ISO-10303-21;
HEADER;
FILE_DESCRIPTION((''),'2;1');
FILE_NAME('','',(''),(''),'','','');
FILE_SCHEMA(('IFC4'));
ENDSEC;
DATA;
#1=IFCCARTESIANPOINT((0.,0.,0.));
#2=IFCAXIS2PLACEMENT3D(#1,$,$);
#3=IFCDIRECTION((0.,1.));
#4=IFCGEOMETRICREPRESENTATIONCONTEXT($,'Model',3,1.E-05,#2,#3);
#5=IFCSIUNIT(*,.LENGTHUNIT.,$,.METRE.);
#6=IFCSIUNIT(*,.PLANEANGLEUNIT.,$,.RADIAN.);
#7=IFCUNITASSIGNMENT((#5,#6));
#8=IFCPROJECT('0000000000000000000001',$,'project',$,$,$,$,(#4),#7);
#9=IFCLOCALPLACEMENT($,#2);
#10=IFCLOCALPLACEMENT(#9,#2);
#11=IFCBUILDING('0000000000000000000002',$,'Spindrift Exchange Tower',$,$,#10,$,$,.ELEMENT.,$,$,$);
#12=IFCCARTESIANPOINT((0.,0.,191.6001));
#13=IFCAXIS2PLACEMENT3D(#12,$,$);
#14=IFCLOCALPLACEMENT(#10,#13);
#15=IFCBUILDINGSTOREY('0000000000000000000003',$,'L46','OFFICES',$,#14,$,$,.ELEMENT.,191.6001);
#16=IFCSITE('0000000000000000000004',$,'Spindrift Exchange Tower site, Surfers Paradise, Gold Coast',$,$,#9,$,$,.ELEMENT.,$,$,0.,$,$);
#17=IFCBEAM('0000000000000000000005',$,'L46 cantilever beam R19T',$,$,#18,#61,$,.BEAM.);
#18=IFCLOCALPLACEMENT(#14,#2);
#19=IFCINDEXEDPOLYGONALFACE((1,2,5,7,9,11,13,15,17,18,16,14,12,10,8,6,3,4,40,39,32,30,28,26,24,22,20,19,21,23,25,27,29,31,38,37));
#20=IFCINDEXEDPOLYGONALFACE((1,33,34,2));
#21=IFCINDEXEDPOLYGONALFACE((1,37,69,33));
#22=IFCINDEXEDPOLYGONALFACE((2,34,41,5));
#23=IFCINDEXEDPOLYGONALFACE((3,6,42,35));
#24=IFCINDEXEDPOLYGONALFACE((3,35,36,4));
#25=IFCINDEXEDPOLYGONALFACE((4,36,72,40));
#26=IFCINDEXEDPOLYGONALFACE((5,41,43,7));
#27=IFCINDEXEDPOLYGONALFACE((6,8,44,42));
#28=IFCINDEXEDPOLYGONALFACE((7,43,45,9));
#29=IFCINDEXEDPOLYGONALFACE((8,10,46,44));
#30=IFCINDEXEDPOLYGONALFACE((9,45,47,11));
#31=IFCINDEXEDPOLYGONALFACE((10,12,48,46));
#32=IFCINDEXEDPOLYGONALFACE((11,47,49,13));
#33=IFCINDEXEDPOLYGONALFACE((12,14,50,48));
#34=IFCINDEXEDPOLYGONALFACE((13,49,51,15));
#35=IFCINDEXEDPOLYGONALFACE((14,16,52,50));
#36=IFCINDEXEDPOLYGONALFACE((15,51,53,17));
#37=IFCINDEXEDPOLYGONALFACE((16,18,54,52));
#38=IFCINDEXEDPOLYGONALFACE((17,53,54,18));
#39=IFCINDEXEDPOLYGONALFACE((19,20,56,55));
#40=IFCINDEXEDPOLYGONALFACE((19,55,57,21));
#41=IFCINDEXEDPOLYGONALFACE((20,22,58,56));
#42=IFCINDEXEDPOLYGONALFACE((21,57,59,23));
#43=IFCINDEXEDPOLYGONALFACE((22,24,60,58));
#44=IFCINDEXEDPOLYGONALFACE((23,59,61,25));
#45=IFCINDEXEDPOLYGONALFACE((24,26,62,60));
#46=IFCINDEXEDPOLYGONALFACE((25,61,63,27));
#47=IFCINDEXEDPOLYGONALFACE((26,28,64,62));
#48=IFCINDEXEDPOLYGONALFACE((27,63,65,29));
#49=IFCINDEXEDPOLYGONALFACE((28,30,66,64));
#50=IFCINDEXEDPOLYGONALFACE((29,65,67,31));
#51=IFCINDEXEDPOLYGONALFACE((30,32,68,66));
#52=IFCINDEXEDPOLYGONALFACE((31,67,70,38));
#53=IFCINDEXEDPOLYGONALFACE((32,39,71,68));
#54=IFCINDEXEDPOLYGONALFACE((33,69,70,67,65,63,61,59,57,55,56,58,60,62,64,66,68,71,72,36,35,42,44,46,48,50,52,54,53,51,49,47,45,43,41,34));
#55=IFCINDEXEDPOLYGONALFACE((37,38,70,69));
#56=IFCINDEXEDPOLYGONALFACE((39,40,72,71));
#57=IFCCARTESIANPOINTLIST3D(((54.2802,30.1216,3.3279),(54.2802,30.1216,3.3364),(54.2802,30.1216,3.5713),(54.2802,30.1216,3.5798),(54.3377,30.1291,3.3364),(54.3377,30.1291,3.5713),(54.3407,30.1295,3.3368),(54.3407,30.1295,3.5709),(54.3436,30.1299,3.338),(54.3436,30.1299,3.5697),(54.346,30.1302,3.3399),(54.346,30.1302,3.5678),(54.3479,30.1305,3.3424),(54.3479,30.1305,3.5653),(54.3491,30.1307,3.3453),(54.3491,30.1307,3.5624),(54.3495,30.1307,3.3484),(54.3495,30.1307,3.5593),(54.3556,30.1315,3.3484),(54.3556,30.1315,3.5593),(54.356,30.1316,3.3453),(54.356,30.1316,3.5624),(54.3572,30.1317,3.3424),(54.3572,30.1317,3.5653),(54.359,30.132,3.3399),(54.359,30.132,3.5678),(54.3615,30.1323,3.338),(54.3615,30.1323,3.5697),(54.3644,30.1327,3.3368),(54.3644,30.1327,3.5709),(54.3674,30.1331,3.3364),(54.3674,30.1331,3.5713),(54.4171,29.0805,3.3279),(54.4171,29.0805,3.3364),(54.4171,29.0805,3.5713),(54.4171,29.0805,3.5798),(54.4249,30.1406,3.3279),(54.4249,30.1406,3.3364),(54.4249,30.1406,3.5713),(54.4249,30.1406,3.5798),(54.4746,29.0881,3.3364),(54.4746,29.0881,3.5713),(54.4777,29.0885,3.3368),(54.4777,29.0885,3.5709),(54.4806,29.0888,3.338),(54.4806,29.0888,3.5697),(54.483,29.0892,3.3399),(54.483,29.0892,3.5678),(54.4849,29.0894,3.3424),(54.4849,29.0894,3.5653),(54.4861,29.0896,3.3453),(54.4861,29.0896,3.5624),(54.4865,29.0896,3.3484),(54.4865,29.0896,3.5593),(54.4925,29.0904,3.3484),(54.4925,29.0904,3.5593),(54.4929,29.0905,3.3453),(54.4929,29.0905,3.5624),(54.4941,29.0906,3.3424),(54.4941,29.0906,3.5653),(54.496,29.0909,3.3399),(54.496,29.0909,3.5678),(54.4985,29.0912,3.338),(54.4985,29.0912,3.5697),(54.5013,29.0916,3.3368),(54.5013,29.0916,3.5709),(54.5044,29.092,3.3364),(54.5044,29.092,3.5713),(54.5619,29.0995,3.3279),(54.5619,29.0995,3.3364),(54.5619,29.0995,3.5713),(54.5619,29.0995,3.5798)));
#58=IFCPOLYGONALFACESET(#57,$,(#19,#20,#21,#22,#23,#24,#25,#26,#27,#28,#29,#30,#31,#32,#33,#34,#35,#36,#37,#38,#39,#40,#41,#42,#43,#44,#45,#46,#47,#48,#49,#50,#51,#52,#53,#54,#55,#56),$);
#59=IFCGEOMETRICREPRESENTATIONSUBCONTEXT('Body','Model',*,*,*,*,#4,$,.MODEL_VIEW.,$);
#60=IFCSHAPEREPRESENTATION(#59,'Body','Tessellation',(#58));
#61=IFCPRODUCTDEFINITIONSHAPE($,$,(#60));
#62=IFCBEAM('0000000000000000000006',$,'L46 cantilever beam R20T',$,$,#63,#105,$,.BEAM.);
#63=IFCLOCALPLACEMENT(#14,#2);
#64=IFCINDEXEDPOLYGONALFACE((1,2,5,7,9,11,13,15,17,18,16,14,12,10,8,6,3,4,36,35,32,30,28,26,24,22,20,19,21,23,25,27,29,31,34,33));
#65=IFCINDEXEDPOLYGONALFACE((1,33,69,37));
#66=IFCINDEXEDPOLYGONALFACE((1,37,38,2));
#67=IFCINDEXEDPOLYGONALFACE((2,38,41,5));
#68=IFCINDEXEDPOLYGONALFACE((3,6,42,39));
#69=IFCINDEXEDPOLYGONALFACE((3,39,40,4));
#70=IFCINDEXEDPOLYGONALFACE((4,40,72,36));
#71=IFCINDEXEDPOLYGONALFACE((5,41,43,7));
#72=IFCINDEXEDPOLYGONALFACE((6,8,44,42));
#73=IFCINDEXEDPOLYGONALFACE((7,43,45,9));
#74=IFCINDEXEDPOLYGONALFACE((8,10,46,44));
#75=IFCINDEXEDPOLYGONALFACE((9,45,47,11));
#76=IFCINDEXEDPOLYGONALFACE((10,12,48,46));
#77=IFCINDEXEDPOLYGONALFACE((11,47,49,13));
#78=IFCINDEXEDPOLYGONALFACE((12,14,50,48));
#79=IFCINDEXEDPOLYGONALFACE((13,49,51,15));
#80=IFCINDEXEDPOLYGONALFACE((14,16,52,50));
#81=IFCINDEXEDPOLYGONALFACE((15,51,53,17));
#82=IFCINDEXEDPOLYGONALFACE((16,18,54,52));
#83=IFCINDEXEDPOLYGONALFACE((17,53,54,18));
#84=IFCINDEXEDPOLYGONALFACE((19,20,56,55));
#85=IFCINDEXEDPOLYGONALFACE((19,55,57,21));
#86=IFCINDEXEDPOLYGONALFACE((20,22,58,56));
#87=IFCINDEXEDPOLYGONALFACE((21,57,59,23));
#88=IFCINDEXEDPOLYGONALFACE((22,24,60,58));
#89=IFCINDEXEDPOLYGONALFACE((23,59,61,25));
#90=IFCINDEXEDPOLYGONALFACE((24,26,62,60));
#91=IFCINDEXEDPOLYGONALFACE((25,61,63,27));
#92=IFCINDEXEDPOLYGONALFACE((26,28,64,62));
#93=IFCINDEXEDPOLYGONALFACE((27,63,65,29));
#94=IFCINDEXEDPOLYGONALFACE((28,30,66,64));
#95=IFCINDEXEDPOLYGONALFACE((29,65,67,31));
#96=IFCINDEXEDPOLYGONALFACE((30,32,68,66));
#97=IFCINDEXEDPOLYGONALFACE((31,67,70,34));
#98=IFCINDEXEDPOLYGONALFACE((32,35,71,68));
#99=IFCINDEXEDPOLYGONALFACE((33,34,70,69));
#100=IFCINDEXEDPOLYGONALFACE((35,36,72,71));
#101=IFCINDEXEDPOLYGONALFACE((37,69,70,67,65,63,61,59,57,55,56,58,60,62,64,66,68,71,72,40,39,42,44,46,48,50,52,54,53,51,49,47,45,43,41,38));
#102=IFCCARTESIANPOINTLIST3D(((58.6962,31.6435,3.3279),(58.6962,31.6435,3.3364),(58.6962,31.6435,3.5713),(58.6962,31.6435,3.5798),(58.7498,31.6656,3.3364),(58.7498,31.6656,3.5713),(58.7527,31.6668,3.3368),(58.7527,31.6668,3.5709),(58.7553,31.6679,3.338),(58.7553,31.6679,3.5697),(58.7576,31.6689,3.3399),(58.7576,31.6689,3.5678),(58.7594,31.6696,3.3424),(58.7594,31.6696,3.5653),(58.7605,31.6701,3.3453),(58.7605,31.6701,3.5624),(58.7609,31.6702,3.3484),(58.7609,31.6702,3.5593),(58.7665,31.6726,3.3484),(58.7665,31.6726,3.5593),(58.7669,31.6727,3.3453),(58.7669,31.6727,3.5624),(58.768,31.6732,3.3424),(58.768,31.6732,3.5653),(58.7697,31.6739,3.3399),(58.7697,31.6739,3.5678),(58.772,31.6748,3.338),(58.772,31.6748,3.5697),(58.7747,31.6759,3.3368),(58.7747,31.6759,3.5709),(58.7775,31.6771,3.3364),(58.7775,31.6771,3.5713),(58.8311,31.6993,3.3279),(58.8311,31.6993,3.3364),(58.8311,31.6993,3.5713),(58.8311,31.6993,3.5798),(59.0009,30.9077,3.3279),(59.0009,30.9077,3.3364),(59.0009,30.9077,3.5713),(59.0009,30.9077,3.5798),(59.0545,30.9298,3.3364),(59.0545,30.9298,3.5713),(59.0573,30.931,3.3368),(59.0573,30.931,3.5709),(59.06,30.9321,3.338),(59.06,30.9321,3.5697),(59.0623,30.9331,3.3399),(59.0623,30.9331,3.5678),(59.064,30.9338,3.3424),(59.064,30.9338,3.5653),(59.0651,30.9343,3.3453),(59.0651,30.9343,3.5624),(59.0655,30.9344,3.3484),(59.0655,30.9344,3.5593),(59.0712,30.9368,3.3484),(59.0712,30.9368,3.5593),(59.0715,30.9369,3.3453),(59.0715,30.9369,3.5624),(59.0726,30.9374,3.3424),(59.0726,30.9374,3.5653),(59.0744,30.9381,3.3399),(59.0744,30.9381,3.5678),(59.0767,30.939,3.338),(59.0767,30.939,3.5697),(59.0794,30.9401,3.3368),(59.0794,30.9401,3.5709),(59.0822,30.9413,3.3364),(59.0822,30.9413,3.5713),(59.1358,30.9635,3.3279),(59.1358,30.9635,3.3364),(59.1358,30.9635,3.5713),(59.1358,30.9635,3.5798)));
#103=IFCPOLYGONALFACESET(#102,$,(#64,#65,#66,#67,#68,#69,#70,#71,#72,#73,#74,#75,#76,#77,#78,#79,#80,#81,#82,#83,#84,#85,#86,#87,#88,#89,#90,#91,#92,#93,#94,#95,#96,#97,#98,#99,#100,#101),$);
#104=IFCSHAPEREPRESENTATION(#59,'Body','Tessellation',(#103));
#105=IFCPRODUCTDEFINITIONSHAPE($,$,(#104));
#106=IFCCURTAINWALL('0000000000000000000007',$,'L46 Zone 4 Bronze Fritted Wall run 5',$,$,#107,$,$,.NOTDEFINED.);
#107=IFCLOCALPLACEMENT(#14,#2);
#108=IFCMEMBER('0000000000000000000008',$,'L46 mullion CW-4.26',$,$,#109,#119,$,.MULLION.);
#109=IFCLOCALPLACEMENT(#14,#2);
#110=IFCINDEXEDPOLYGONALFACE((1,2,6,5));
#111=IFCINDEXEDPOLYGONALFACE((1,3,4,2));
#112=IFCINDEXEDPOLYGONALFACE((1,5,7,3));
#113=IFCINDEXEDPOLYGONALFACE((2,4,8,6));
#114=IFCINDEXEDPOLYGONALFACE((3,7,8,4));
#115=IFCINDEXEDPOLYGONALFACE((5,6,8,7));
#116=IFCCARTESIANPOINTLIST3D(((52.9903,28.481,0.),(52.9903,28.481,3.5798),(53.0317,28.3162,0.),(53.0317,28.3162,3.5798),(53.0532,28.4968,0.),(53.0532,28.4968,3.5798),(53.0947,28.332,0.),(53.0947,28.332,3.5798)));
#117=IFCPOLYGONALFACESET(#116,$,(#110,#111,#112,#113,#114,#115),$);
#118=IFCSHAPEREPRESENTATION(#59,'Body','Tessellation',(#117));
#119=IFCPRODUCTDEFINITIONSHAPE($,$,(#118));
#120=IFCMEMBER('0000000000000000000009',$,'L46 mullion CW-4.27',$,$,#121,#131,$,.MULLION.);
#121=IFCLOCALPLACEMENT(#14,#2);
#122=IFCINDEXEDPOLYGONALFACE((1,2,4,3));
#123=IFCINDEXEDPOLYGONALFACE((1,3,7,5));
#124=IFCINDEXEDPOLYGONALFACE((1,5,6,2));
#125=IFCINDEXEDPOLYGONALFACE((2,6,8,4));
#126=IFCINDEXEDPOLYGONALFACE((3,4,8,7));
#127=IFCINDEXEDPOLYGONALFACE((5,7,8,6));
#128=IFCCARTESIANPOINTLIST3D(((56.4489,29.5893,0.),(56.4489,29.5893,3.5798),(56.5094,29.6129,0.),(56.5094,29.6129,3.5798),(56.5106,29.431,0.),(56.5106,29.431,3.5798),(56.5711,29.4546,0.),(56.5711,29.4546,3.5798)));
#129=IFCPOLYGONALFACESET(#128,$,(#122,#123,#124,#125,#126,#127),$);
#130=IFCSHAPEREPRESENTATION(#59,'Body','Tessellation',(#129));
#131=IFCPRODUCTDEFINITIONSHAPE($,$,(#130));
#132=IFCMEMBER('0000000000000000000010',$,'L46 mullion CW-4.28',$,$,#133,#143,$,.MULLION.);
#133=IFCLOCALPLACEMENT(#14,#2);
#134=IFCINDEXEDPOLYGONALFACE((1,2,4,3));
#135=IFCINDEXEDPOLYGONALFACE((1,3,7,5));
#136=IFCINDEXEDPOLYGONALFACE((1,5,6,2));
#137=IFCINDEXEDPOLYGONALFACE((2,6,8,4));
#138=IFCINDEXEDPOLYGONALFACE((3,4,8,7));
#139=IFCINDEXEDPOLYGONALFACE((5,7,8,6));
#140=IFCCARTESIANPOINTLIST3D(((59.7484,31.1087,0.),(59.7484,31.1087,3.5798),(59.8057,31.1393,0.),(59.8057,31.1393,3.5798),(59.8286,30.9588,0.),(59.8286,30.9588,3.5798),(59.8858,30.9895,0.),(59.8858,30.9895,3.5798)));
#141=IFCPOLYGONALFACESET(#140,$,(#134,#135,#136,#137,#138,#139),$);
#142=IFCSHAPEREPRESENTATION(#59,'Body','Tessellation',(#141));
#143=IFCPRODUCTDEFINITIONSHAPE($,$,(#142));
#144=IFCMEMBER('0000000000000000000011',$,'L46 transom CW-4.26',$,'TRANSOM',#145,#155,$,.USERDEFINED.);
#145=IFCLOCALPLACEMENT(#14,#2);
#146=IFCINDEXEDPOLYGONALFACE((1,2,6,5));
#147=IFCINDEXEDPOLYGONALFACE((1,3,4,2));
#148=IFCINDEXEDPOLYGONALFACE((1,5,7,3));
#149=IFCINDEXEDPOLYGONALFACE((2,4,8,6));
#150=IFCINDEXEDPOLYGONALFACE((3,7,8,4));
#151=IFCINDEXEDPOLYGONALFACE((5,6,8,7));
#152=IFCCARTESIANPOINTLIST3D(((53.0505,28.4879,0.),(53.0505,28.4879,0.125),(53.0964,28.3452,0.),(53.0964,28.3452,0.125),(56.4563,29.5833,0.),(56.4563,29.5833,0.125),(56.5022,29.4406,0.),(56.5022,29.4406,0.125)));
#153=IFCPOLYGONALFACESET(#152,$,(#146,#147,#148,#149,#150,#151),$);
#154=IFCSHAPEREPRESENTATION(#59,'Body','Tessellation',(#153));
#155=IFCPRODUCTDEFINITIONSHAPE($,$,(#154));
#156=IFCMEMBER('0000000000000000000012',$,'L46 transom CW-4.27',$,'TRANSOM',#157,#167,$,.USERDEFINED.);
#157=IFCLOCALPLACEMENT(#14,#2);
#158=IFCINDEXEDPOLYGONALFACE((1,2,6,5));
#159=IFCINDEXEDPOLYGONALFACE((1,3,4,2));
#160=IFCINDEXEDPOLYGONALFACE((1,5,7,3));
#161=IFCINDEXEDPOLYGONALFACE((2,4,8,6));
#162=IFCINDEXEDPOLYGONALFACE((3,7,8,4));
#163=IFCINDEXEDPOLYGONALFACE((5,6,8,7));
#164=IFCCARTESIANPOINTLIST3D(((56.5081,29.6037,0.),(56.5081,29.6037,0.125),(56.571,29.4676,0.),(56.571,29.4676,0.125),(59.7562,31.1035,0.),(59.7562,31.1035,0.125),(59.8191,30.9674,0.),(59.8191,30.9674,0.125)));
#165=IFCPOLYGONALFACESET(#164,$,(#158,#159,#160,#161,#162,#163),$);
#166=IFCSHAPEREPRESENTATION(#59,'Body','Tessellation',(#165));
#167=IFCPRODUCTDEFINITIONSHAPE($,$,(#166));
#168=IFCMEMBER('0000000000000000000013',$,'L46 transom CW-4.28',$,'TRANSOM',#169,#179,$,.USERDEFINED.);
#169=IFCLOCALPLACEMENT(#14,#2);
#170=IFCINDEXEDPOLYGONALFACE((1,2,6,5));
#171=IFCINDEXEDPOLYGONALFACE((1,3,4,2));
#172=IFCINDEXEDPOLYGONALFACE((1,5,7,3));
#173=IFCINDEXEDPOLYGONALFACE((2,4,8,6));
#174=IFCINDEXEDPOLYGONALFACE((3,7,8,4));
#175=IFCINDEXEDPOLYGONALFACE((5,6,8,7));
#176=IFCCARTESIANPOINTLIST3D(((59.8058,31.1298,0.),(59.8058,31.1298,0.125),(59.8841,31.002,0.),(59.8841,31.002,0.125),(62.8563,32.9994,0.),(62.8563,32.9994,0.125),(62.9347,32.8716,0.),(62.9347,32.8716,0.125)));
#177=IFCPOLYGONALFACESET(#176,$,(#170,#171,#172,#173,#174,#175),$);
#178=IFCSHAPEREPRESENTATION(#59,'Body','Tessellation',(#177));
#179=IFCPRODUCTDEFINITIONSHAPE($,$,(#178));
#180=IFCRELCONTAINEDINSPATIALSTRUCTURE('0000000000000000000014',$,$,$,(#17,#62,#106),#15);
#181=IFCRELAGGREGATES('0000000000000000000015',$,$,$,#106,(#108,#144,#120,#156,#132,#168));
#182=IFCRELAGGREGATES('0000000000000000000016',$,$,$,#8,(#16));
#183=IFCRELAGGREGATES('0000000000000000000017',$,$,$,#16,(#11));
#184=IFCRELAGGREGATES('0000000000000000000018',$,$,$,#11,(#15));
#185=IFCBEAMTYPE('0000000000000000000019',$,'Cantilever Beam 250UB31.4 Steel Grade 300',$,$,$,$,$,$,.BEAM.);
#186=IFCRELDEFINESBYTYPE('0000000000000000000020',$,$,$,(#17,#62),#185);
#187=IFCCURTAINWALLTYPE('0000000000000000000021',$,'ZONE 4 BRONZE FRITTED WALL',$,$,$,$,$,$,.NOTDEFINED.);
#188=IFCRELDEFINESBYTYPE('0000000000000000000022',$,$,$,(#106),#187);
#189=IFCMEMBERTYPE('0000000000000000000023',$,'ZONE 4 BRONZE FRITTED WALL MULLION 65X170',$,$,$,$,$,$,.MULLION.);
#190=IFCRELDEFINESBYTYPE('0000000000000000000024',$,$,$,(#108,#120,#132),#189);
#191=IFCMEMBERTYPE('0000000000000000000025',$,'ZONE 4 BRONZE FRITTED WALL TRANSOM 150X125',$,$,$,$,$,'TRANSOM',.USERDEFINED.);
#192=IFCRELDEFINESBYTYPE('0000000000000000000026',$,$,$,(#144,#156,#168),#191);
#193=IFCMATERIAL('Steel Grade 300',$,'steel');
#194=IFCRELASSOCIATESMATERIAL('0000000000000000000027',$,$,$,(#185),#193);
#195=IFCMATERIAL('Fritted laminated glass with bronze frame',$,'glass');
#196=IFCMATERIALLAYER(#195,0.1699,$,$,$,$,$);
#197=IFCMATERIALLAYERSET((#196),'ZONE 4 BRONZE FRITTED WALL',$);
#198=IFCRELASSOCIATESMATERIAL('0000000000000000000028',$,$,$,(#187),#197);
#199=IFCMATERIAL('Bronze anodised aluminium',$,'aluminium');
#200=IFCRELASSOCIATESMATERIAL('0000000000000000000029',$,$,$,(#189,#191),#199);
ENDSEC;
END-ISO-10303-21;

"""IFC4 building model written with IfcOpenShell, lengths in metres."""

from ifc_helpers import new_model, si_unit, direction, frame, origin, origin_2d, place, context, subcontext, project, spatial, rectangle, i_section, extrude, source, transform, mapped, material, layer, layer_set, material_profile, profile_set, type_object, element, aggregate, save


model = new_model("IFC4")

# Units and contexts
model_context = context("Model", 3, precision=1e-05, world=origin(), true_north=direction((0.0, 1.0)))
body_context = subcontext(model_context, "Body", "Model", "MODEL_VIEW")
ifc_project = project(units=[si_unit("LENGTHUNIT", "METRE"), si_unit("PLANEANGLEUNIT", "RADIAN")], contexts=[model_context])

# Site, building, storey
site_placement = place(None, origin())
site = spatial("IfcSite", under=ifc_project, at=site_placement, Name="Spindrift Exchange Tower site, Surfers Paradise, Gold Coast", CompositionType="ELEMENT", RefElevation=0.0)
building_placement = place(site_placement, origin())
building = spatial("IfcBuilding", under=site, at=building_placement, Name="Spindrift Exchange Tower", CompositionType="ELEMENT")
storey_placement = place(building_placement, frame((0.0, 0.0, 191.6001)))
storey = spatial("IfcBuildingStorey", under=building, at=storey_placement, Name="L46", Description="OFFICES", CompositionType="ELEMENT", Elevation=191.6001)

# Beams
ifc_material_1 = material(Name="Steel Grade 300", Category="steel")
ifc_material_profile_1 = material_profile(ifc_material_1, i_section(OverallWidth=0.146, OverallDepth=0.252, WebThickness=0.0061, FlangeThickness=0.0085, FilletRadius=0.012, at=origin_2d()), Name="250UB31.4")
ifc_profile_set_1 = profile_set([ifc_material_profile_1], Name="Steel Grade 300")
beam_type_1 = type_object("IfcBeamType", Name="Cantilever Beam 250UB31.4 Steel Grade 300", PredefinedType="BEAM", material=ifc_profile_set_1)
shared_shape_1 = source(origin(), body_context, "Body", "SweptSolid", [
    extrude(i_section(OverallWidth=0.146, OverallDepth=0.252, WebThickness=0.0061, FlangeThickness=0.0085, FilletRadius=0.012, at=origin_2d()), origin(), (0.0, 0.0, 1.0), 1.05),
])
beam_1_placement = place(storey_placement, frame((54.3525, 30.1311, 3.4539), z_axis=(0.130442, -0.991456, 0.0), x_axis=(0.991456, 0.130442, 0.0)))
element("IfcBeam", 1, at=beam_1_placement, inside=storey, type_object=beam_type_1, Name="L46 cantilever beam R19T", PredefinedType="BEAM", context=body_context, shape_type="MappedRepresentation", body=[
    mapped(shared_shape_1, transform((0.0, 0.0, 0.0), scale=1.0)),
])
shared_shape_2 = source(origin(), body_context, "Body", "SweptSolid", [
    extrude(i_section(OverallWidth=0.146, OverallDepth=0.252, WebThickness=0.0061, FlangeThickness=0.0085, FilletRadius=0.012, at=origin_2d()), origin(), (0.0, 0.0, 1.0), 0.7964),
])
beam_2_placement = place(storey_placement, frame((58.7637, 31.6714, 3.4539), z_axis=(0.382568, -0.923927, 0.0), x_axis=(0.923927, 0.382568, 0.0)))
element("IfcBeam", 2, at=beam_2_placement, inside=storey, type_object=beam_type_1, Name="L46 cantilever beam R20T", PredefinedType="BEAM", context=body_context, shape_type="MappedRepresentation", body=[
    mapped(shared_shape_2, transform((0.0, 0.0, 0.0), scale=1.0)),
])

# Curtain wall, members
ifc_material_2 = material(Name="Fritted laminated glass with bronze frame", Category="glass")
ifc_layer_1 = layer(ifc_material_2, 0.1699)
ifc_layer_set_1 = layer_set([ifc_layer_1], Name="ZONE 4 BRONZE FRITTED WALL")
curtain_wall_type = type_object("IfcCurtainWallType", Name="ZONE 4 BRONZE FRITTED WALL", PredefinedType="NOTDEFINED", material=ifc_layer_set_1)
curtain_wall_placement = place(storey_placement, origin())
curtain_wall = element("IfcCurtainWall", 3, at=curtain_wall_placement, inside=storey, type_object=curtain_wall_type, Name="L46 Zone 4 Bronze Fritted Wall run 5", PredefinedType="NOTDEFINED")
ifc_material_3 = material(Name="Bronze anodised aluminium", Category="aluminium")
ifc_material_profile_2 = material_profile(ifc_material_3, rectangle(XDim=0.0649, YDim=0.1699, at=origin_2d()), Name="ZONE 4 BRONZE FRITTED WALL MULLION 65X170")
ifc_profile_set_2 = profile_set([ifc_material_profile_2], Name="Bronze anodised aluminium")
member_type_1 = type_object("IfcMemberType", Name="ZONE 4 BRONZE FRITTED WALL MULLION 65X170", PredefinedType="MULLION", material=ifc_profile_set_2)
shared_shape_3 = source(origin(), body_context, "Body", "SweptSolid", [
    extrude(rectangle(XDim=0.0649, YDim=0.1699, at=origin_2d()), origin(), (0.0, 0.0, 1.0), 3.5798),
])
member_1_placement = place(storey_placement, frame((53.0425, 28.4065, 0.0), z_axis=(0.0, 0.0, 1.0), x_axis=(0.969764, 0.244044, 0.0)))
member_1 = element("IfcMember", 4, at=member_1_placement, type_object=member_type_1, Name="L46 mullion CW-4.26", PredefinedType="MULLION", context=body_context, shape_type="MappedRepresentation", body=[
    mapped(shared_shape_3, transform((0.0, 0.0, 0.0), scale=1.0)),
])
member_2_placement = place(storey_placement, frame((56.51, 29.522, 0.0), z_axis=(0.0, 0.0, 1.0), x_axis=(0.931642, 0.363376, 0.0)))
member_2 = element("IfcMember", 5, at=member_2_placement, type_object=member_type_1, Name="L46 mullion CW-4.27", PredefinedType="MULLION", context=body_context, shape_type="MappedRepresentation", body=[
    mapped(shared_shape_3, transform((0.0, 0.0, 0.0), scale=1.0)),
])
member_3_placement = place(storey_placement, frame((59.8171, 31.0491, 0.0), z_axis=(0.0, 0.0, 1.0), x_axis=(0.881761, 0.471697, 0.0)))
member_3 = element("IfcMember", 6, at=member_3_placement, type_object=member_type_1, Name="L46 mullion CW-4.28", PredefinedType="MULLION", context=body_context, shape_type="MappedRepresentation", body=[
    mapped(shared_shape_3, transform((0.0, 0.0, 0.0), scale=1.0)),
])
ifc_material_profile_3 = material_profile(ifc_material_3, rectangle(XDim=0.1499, YDim=0.125, at=origin_2d()), Name="ZONE 4 BRONZE FRITTED WALL TRANSOM 150X125")
ifc_profile_set_3 = profile_set([ifc_material_profile_3], Name="Bronze anodised aluminium")
member_type_2 = type_object("IfcMemberType", Name="ZONE 4 BRONZE FRITTED WALL TRANSOM 150X125", ElementType="TRANSOM", PredefinedType="USERDEFINED", material=ifc_profile_set_3)
shared_shape_4 = source(origin(), body_context, "Body", "SweptSolid", [
    extrude(rectangle(XDim=0.1499, YDim=0.125, at=origin_2d()), origin(), (0.0, 0.0, 1.0), 3.5776),
])
member_4_placement = place(storey_placement, frame((53.0735, 28.4165, 0.0625), z_axis=(0.951967, 0.306199, 0.0), x_axis=(-0.306199, 0.951967, 0.0)))
member_4 = element("IfcMember", 7, at=member_4_placement, type_object=member_type_2, Name="L46 transom CW-4.26", ObjectType="TRANSOM", PredefinedType="USERDEFINED", context=body_context, shape_type="MappedRepresentation", body=[
    mapped(shared_shape_4, transform((0.0, 0.0, 0.0), scale=1.0)),
])
member_5_placement = place(storey_placement, frame((56.5396, 29.5356, 0.0625), z_axis=(0.907889, 0.41921, 0.0), x_axis=(-0.41921, 0.907889, 0.0)))
member_5 = element("IfcMember", 8, at=member_5_placement, type_object=member_type_2, Name="L46 transom CW-4.27", ObjectType="TRANSOM", PredefinedType="USERDEFINED", context=body_context, shape_type="MappedRepresentation", body=[
    mapped(shared_shape_4, transform((0.0, 0.0, 0.0), scale=1.0)),
])
shared_shape_5 = source(origin(), body_context, "Body", "SweptSolid", [
    extrude(rectangle(XDim=0.1499, YDim=0.125, at=origin_2d()), origin(), (0.0, 0.0, 1.0), 3.5779),
])
member_6_placement = place(storey_placement, frame((59.845, 31.0659, 0.0625), z_axis=(0.852608, 0.522551, 0.0), x_axis=(-0.522551, 0.852608, 0.0)))
member_6 = element("IfcMember", 9, at=member_6_placement, type_object=member_type_2, Name="L46 transom CW-4.28", ObjectType="TRANSOM", PredefinedType="USERDEFINED", context=body_context, shape_type="MappedRepresentation", body=[
    mapped(shared_shape_5, transform((0.0, 0.0, 0.0), scale=1.0)),
])
aggregate(curtain_wall, [member_1, member_4, member_2, member_5, member_3, member_6])

save(model, "model.ifc")
